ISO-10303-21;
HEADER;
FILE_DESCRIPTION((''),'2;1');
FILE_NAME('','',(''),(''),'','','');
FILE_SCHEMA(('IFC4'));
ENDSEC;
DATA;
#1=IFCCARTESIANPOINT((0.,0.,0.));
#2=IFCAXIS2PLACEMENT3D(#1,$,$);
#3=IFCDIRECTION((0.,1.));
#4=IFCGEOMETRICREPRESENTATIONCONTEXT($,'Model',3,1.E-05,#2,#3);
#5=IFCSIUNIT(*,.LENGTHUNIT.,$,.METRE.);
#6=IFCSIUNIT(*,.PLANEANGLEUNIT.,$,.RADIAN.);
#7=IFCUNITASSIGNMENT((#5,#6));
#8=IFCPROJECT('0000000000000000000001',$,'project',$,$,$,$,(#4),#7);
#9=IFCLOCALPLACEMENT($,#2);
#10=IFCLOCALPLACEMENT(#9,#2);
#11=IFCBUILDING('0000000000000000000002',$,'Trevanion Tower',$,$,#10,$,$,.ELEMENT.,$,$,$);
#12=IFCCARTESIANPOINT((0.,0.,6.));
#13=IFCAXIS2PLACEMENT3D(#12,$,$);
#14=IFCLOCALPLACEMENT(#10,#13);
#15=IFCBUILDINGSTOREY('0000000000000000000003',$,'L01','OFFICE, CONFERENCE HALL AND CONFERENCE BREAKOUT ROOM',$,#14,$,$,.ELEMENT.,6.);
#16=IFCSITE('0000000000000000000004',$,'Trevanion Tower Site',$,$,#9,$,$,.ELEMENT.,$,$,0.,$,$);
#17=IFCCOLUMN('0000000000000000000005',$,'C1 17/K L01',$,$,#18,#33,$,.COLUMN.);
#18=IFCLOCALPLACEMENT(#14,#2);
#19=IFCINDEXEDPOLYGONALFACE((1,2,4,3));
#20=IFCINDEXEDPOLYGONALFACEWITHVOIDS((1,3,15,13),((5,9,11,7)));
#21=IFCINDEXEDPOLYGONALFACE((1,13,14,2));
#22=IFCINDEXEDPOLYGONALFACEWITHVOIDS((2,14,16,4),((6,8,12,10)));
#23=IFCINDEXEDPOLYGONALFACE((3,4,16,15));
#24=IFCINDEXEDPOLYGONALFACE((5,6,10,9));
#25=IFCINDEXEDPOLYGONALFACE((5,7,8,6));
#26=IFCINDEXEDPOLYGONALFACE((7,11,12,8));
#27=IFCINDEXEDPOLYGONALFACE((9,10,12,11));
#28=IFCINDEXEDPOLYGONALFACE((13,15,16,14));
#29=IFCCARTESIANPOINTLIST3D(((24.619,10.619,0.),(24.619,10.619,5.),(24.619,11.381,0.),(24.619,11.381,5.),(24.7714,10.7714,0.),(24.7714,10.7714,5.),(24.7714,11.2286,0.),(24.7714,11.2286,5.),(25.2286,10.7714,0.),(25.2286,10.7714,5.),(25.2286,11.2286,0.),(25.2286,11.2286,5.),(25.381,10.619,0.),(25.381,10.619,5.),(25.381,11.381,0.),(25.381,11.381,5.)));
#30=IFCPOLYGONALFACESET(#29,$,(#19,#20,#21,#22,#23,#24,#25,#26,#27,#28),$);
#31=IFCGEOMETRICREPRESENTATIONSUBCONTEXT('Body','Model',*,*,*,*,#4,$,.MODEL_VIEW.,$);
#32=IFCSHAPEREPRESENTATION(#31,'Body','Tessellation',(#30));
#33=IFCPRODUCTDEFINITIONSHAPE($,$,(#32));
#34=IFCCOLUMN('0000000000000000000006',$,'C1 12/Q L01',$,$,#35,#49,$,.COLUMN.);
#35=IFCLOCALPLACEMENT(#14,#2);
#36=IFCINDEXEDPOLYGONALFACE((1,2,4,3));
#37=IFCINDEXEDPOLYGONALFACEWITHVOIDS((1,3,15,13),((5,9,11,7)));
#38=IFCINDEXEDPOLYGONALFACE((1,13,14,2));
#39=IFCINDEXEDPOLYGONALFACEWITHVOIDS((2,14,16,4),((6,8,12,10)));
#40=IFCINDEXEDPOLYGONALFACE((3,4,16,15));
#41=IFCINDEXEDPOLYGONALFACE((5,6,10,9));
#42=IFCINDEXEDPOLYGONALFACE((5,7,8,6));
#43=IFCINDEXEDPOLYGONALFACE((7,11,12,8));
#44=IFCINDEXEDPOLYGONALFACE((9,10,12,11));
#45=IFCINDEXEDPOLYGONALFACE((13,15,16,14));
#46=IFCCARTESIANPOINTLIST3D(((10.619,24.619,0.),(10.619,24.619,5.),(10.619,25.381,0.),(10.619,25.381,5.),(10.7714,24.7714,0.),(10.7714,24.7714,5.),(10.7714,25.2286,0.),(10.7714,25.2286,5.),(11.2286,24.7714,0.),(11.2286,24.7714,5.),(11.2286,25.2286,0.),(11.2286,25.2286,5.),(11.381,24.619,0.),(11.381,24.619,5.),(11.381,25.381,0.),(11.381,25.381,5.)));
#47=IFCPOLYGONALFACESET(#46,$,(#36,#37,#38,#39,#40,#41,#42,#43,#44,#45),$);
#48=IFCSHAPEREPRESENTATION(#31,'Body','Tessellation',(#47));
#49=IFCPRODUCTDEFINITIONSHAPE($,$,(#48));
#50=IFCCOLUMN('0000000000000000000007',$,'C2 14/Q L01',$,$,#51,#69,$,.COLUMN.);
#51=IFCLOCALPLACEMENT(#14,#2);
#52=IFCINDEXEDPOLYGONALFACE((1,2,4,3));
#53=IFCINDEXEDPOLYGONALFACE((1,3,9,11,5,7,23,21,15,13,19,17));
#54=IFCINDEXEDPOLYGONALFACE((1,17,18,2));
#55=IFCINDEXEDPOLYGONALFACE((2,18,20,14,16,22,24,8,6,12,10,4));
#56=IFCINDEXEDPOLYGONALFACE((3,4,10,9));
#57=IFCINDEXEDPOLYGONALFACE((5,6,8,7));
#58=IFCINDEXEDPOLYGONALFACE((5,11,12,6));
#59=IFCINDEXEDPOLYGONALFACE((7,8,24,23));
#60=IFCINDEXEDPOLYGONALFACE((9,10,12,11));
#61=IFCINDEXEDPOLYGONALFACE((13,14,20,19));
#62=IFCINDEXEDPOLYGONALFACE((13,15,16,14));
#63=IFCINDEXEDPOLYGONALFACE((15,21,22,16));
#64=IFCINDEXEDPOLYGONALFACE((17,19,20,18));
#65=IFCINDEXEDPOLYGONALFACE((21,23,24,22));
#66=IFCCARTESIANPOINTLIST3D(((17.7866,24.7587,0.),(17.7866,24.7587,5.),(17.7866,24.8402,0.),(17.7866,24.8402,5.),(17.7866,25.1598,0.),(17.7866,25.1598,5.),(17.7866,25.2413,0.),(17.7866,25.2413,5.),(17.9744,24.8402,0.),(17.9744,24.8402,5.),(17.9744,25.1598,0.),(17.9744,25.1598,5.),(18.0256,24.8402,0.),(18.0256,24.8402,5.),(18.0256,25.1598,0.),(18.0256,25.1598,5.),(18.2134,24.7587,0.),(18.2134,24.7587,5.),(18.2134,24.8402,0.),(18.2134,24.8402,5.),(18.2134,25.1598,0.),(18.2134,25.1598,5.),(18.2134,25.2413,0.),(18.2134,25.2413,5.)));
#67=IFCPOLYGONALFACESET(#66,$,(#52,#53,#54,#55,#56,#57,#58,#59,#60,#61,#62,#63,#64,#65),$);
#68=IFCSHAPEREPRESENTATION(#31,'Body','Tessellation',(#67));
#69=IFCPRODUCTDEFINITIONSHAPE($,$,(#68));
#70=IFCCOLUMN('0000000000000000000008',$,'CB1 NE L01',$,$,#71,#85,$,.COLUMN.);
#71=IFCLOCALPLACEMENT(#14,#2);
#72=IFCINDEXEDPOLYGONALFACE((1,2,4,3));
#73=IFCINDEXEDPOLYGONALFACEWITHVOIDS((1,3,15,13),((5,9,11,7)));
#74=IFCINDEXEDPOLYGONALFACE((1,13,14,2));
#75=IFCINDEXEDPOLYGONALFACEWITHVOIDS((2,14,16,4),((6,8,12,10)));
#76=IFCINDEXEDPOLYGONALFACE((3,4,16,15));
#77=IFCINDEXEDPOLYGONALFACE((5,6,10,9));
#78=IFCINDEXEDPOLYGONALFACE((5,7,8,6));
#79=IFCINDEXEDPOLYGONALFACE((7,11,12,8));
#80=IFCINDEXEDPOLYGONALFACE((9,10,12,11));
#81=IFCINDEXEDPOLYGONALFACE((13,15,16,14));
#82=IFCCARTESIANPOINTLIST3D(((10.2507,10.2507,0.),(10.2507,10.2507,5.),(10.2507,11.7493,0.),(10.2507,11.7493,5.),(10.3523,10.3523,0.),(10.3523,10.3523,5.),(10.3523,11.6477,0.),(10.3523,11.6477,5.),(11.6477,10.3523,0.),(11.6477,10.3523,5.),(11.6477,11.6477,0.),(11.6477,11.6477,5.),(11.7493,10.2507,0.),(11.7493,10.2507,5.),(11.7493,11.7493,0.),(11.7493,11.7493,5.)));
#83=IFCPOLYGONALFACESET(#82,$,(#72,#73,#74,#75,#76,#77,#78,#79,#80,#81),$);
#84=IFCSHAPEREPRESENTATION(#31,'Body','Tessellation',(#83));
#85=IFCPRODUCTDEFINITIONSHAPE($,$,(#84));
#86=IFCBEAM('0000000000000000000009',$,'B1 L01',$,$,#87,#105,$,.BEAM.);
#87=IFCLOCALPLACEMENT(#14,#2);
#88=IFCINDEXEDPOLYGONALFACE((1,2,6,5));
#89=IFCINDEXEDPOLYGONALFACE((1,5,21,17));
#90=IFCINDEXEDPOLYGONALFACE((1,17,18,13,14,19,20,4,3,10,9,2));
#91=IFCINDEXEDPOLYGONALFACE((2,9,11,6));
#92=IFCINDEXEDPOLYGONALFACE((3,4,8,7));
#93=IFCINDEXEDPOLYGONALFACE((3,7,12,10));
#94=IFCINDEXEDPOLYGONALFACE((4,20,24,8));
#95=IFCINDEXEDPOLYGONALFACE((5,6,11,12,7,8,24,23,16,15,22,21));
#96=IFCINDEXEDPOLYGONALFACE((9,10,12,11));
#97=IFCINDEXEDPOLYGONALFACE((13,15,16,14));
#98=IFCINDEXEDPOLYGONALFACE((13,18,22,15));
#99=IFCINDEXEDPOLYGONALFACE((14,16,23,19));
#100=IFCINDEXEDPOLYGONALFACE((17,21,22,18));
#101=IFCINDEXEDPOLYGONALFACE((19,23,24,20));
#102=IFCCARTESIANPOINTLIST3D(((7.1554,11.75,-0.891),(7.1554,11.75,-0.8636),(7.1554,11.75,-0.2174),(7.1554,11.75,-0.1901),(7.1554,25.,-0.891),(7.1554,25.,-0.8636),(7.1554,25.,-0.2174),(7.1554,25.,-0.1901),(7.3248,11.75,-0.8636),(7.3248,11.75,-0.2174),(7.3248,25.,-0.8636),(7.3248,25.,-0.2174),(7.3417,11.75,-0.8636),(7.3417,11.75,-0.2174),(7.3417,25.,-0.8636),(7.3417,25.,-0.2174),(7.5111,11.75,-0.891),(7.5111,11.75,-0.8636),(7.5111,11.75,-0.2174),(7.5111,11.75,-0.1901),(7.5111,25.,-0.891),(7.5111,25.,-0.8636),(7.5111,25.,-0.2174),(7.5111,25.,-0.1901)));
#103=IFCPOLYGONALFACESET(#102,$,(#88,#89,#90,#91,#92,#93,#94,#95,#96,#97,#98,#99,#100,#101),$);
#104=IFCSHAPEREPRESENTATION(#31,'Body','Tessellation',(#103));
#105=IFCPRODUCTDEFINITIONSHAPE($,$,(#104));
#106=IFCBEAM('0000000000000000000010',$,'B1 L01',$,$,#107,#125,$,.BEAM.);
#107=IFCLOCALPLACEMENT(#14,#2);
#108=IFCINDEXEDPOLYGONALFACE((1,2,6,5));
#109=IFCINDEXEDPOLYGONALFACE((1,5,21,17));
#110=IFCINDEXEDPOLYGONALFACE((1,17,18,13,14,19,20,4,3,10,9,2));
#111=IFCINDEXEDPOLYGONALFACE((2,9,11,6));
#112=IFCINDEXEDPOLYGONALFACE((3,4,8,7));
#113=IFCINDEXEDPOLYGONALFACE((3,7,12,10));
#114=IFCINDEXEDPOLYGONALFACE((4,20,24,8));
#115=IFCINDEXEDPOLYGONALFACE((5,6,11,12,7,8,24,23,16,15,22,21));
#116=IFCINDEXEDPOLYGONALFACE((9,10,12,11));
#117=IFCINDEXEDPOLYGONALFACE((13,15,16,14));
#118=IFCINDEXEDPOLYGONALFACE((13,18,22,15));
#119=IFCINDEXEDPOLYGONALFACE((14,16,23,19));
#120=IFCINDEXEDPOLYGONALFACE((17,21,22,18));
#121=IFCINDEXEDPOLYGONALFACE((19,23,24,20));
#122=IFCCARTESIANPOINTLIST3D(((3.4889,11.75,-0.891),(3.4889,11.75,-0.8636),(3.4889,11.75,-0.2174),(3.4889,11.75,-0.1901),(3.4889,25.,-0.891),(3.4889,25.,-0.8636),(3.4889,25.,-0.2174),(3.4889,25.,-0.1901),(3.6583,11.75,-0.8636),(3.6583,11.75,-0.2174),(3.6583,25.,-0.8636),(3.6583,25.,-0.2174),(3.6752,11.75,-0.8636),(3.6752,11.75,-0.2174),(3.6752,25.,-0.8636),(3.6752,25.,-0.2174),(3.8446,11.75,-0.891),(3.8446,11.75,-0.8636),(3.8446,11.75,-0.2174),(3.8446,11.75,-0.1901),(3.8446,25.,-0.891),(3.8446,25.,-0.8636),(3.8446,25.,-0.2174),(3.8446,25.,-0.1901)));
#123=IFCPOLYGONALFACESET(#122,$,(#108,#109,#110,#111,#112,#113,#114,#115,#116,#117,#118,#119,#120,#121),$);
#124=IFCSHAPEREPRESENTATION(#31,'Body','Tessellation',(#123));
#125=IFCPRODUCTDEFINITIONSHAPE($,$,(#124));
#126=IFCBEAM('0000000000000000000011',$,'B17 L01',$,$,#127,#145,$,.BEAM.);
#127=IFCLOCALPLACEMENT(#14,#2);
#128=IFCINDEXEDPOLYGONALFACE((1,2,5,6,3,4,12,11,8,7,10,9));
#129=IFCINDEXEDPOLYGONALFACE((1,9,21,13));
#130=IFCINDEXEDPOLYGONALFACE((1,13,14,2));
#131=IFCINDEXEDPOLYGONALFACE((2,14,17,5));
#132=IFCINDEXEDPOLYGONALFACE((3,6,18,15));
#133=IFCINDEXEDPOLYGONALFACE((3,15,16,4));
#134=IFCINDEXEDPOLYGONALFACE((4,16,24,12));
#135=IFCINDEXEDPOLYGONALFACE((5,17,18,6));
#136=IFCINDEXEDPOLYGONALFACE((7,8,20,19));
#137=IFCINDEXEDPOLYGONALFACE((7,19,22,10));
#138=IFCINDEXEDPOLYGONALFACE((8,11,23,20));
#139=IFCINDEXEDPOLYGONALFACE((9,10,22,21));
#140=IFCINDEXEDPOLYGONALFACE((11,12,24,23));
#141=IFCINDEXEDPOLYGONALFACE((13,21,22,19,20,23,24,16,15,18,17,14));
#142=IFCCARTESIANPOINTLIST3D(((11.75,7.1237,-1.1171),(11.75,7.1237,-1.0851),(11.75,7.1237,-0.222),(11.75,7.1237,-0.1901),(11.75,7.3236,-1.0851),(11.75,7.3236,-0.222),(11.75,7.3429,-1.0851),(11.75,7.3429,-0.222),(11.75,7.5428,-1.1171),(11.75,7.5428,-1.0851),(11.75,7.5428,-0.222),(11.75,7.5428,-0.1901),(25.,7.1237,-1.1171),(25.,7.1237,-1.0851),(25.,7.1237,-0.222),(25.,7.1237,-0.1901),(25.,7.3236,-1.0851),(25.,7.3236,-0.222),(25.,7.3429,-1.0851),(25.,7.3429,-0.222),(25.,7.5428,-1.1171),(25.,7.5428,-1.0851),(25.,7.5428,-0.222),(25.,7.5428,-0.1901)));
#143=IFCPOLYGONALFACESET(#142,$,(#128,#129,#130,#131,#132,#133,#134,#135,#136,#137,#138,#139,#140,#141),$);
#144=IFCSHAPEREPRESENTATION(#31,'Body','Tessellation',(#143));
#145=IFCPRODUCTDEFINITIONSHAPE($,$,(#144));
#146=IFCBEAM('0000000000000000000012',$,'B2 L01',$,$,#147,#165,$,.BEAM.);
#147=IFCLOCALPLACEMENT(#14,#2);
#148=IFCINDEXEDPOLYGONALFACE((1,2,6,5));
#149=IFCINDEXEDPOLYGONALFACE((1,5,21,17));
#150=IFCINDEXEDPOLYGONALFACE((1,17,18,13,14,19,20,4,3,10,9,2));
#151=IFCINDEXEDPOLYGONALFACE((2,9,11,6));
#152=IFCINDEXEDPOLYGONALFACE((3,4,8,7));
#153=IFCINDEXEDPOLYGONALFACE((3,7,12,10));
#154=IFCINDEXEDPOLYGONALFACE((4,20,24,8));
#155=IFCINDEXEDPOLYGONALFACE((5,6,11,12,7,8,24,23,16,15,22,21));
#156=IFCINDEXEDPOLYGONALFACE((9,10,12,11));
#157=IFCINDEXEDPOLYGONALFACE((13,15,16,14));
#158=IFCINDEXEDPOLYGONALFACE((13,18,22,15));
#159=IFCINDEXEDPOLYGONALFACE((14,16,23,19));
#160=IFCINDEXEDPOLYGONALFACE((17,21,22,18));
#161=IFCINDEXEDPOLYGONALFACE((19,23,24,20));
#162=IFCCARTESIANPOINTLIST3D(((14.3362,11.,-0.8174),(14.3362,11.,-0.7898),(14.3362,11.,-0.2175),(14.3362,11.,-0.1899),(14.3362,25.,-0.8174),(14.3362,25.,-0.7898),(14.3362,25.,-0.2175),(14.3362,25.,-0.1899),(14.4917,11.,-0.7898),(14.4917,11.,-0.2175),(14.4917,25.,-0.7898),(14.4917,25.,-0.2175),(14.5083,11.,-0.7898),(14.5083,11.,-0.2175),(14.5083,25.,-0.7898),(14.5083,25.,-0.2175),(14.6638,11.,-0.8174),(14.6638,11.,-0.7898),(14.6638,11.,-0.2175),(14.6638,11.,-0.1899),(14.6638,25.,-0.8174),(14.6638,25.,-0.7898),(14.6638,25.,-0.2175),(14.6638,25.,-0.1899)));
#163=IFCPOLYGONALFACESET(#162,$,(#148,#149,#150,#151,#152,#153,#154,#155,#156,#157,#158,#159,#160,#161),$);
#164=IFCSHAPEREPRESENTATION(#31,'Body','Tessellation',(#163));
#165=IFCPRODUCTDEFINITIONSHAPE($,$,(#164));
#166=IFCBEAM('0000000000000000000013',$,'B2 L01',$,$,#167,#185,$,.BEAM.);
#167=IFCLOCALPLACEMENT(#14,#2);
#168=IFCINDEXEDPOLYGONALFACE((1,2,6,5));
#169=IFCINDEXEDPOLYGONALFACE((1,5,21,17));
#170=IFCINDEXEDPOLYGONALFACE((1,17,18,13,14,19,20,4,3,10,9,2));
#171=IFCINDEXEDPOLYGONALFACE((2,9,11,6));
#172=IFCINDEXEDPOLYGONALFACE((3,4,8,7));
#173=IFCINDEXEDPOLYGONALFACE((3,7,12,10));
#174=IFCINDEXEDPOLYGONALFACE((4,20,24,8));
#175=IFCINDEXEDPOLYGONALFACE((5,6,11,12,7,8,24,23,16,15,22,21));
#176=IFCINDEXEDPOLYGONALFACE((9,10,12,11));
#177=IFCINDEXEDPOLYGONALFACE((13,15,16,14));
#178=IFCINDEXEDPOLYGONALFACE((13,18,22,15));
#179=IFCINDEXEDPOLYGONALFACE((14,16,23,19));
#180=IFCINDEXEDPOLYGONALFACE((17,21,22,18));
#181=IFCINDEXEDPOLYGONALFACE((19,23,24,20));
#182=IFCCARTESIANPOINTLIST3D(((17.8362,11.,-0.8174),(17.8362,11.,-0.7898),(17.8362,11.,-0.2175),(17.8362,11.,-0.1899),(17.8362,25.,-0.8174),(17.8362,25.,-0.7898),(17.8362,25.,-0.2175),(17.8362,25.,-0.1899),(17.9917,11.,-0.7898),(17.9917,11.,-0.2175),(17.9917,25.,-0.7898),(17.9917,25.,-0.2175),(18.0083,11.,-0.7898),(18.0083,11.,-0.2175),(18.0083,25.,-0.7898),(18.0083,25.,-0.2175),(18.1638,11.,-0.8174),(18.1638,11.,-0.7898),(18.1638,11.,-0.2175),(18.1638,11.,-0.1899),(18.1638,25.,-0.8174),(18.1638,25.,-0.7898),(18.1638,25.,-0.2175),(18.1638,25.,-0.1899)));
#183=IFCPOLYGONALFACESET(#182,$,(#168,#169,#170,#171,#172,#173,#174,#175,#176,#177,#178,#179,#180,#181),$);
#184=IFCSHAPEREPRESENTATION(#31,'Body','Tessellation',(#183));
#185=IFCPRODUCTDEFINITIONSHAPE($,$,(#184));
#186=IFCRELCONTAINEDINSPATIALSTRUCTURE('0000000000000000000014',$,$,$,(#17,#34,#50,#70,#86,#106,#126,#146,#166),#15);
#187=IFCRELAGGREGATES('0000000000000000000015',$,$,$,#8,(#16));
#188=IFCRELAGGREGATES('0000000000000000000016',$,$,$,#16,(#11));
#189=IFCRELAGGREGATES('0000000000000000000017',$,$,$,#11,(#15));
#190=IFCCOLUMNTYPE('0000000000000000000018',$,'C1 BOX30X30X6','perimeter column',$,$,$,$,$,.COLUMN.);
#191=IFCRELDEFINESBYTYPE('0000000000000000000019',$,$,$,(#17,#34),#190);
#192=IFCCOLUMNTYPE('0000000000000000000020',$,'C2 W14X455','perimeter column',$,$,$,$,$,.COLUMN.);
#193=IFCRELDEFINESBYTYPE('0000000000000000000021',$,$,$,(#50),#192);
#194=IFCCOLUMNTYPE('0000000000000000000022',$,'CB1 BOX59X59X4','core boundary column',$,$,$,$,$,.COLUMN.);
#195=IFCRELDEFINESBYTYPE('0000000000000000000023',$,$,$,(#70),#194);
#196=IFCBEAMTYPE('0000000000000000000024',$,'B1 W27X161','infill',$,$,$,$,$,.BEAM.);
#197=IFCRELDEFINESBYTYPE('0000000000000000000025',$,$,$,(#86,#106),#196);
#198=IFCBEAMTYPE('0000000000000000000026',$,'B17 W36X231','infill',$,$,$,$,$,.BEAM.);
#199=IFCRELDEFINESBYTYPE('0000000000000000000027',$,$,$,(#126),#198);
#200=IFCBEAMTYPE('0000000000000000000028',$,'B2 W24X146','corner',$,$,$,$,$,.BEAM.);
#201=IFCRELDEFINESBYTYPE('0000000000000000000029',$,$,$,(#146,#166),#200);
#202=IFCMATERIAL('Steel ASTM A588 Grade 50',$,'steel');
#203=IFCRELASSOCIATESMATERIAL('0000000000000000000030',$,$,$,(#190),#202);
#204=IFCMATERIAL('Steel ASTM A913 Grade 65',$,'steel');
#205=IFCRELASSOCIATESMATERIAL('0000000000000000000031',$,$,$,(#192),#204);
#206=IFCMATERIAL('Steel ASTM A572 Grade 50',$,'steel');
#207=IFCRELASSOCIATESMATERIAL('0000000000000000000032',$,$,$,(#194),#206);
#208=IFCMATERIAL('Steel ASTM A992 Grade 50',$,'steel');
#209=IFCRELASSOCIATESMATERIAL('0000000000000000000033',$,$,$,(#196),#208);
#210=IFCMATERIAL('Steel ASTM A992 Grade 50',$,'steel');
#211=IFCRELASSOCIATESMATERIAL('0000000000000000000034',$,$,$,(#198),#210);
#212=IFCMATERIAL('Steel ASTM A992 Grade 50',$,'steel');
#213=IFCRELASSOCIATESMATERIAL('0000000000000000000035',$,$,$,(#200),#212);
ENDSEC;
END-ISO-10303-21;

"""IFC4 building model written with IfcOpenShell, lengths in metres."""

from ifc_helpers import new_model, si_unit, direction, frame, origin, origin_2d, place, context, subcontext, project, spatial, hollow_rectangle, i_section, extrude, material, material_profile, profile_set, type_object, element, save


model = new_model("IFC4")

# Units and contexts
model_context = context("Model", 3, precision=1e-05, world=origin(), true_north=direction((0.0, 1.0)))
body_context = subcontext(model_context, "Body", "Model", "MODEL_VIEW")
ifc_project = project(units=[si_unit("LENGTHUNIT", "METRE"), si_unit("PLANEANGLEUNIT", "RADIAN")], contexts=[model_context])

# Site, building, storey
site_placement = place(None, origin())
site = spatial("IfcSite", under=ifc_project, at=site_placement, Name="Trevanion Tower Site", CompositionType="ELEMENT", RefElevation=0.0)
building_placement = place(site_placement, origin())
building = spatial("IfcBuilding", under=site, at=building_placement, Name="Trevanion Tower", CompositionType="ELEMENT")
storey_placement = place(building_placement, frame((0.0, 0.0, 6.0)))
storey = spatial("IfcBuildingStorey", under=building, at=storey_placement, Name="L01", Description="OFFICE, CONFERENCE HALL AND CONFERENCE BREAKOUT ROOM", CompositionType="ELEMENT", Elevation=6.0)

# Columns
ifc_material_1 = material(Name="Steel ASTM A588 Grade 50", Category="steel")
ifc_material_profile_1 = material_profile(ifc_material_1, hollow_rectangle(XDim=0.762, YDim=0.762, WallThickness=0.1523, at=origin_2d()), Name="BOX30X30X6")
ifc_profile_set_1 = profile_set([ifc_material_profile_1], Name="Steel ASTM A588 Grade 50")
column_type_1 = type_object("IfcColumnType", Name="C1 BOX30X30X6", Description="perimeter column", PredefinedType="COLUMN", material=ifc_profile_set_1)
for number, where, z_axis, x_axis, name in (
    (1, (25.0, 11.0, 0.0), (0.0, 0.0, 1.0), (0.0, 1.0, 0.0), "C1 17/K L01"),
    (2, (11.0, 25.0, 0.0), (0.0, 0.0, 1.0), (1.0, 0.0, 0.0), "C1 12/Q L01"),
):
    element("IfcColumn", number, at=place(storey_placement, frame(where, z_axis=z_axis, x_axis=x_axis)), inside=storey, type_object=column_type_1, Name=name, PredefinedType="COLUMN", context=body_context, shape_type="SweptSolid", body=[
        extrude(hollow_rectangle(XDim=0.762, YDim=0.762, WallThickness=0.1523, at=origin_2d()), origin(), (0.0, 0.0, 1.0), 5.0),
    ])
ifc_material_2 = material(Name="Steel ASTM A913 Grade 65", Category="steel")
ifc_material_profile_2 = material_profile(ifc_material_2, i_section(OverallWidth=0.4268, OverallDepth=0.4827, WebThickness=0.0513, FlangeThickness=0.0815, at=origin_2d()), Name="W14X455")
ifc_profile_set_2 = profile_set([ifc_material_profile_2], Name="Steel ASTM A913 Grade 65")
column_type_2 = type_object("IfcColumnType", Name="C2 W14X455", Description="perimeter column", PredefinedType="COLUMN", material=ifc_profile_set_2)
column_1_placement = place(storey_placement, frame((18.0, 25.0, 0.0), z_axis=(0.0, 0.0, 1.0), x_axis=(1.0, 0.0, 0.0)))
element("IfcColumn", 3, at=column_1_placement, inside=storey, type_object=column_type_2, Name="C2 14/Q L01", PredefinedType="COLUMN", context=body_context, shape_type="SweptSolid", body=[
    extrude(i_section(OverallWidth=0.4268, OverallDepth=0.4827, WebThickness=0.0513, FlangeThickness=0.0815, at=origin_2d()), origin(), (0.0, 0.0, 1.0), 5.0),
])
ifc_material_3 = material(Name="Steel ASTM A572 Grade 50", Category="steel")
ifc_material_profile_3 = material_profile(ifc_material_3, hollow_rectangle(XDim=1.4985, YDim=1.4985, WallThickness=0.1016, at=origin_2d()), Name="BOX59X59X4")
ifc_profile_set_3 = profile_set([ifc_material_profile_3], Name="Steel ASTM A572 Grade 50")
column_type_3 = type_object("IfcColumnType", Name="CB1 BOX59X59X4", Description="core boundary column", PredefinedType="COLUMN", material=ifc_profile_set_3)
column_2_placement = place(storey_placement, frame((11.0, 11.0, 0.0), z_axis=(0.0, 0.0, 1.0), x_axis=(1.0, 0.0, 0.0)))
element("IfcColumn", 4, at=column_2_placement, inside=storey, type_object=column_type_3, Name="CB1 NE L01", PredefinedType="COLUMN", context=body_context, shape_type="SweptSolid", body=[
    extrude(hollow_rectangle(XDim=1.4985, YDim=1.4985, WallThickness=0.1016, at=origin_2d()), origin(), (0.0, 0.0, 1.0), 5.0),
])

# Beams
ifc_material_4 = material(Name="Steel ASTM A992 Grade 50", Category="steel")
ifc_material_profile_4 = material_profile(ifc_material_4, i_section(OverallWidth=0.3557, OverallDepth=0.7009, WebThickness=0.0168, FlangeThickness=0.0273, at=origin_2d()), Name="W27X161")
ifc_profile_set_4 = profile_set([ifc_material_profile_4], Name="Steel ASTM A992 Grade 50")
beam_type_1 = type_object("IfcBeamType", Name="B1 W27X161", Description="infill", PredefinedType="BEAM", material=ifc_profile_set_4)
for number, where, z_axis, x_axis, name in (
    (5, (7.3333, 11.75, -0.5405), (0.0, 1.0, 0.0), (-1.0, 0.0, 0.0), "B1 L01"),
    (6, (3.6667, 11.75, -0.5405), (0.0, 1.0, 0.0), (-1.0, 0.0, 0.0), "B1 L01"),
):
    element("IfcBeam", number, at=place(storey_placement, frame(where, z_axis=z_axis, x_axis=x_axis)), inside=storey, type_object=beam_type_1, Name=name, PredefinedType="BEAM", context=body_context, shape_type="SweptSolid", body=[
        extrude(i_section(OverallWidth=0.3557, OverallDepth=0.7009, WebThickness=0.0168, FlangeThickness=0.0273, at=origin_2d()), origin(), (0.0, 0.0, 1.0), 13.25),
    ])
ifc_material_5 = material(Name="Steel ASTM A992 Grade 50", Category="steel")
ifc_material_profile_5 = material_profile(ifc_material_5, i_section(OverallWidth=0.4192, OverallDepth=0.927, WebThickness=0.0193, FlangeThickness=0.032, at=origin_2d()), Name="W36X231")
ifc_profile_set_5 = profile_set([ifc_material_profile_5], Name="Steel ASTM A992 Grade 50")
beam_type_2 = type_object("IfcBeamType", Name="B17 W36X231", Description="infill", PredefinedType="BEAM", material=ifc_profile_set_5)
beam_1_placement = place(storey_placement, frame((11.75, 7.3333, -0.6536), z_axis=(1.0, 0.0, 0.0), x_axis=(0.0, 1.0, 0.0)))
element("IfcBeam", 7, at=beam_1_placement, inside=storey, type_object=beam_type_2, Name="B17 L01", PredefinedType="BEAM", context=body_context, shape_type="SweptSolid", body=[
    extrude(i_section(OverallWidth=0.4192, OverallDepth=0.927, WebThickness=0.0193, FlangeThickness=0.032, at=origin_2d()), origin(), (0.0, 0.0, 1.0), 13.25),
])
ifc_material_6 = material(Name="Steel ASTM A992 Grade 50", Category="steel")
ifc_material_profile_6 = material_profile(ifc_material_6, i_section(OverallWidth=0.3276, OverallDepth=0.6274, WebThickness=0.0166, FlangeThickness=0.0276, at=origin_2d()), Name="W24X146")
ifc_profile_set_6 = profile_set([ifc_material_profile_6], Name="Steel ASTM A992 Grade 50")
beam_type_3 = type_object("IfcBeamType", Name="B2 W24X146", Description="corner", PredefinedType="BEAM", material=ifc_profile_set_6)
for number, where, z_axis, x_axis, name in (
    (8, (14.5, 11.0, -0.5037), (0.0, 1.0, 0.0), (-1.0, 0.0, 0.0), "B2 L01"),
    (9, (18.0, 11.0, -0.5037), (0.0, 1.0, 0.0), (-1.0, 0.0, 0.0), "B2 L01"),
):
    element("IfcBeam", number, at=place(storey_placement, frame(where, z_axis=z_axis, x_axis=x_axis)), inside=storey, type_object=beam_type_3, Name=name, PredefinedType="BEAM", context=body_context, shape_type="SweptSolid", body=[
        extrude(i_section(OverallWidth=0.3276, OverallDepth=0.6274, WebThickness=0.0166, FlangeThickness=0.0276, at=origin_2d()), origin(), (0.0, 0.0, 1.0), 14.0),
    ])

save(model, "model.ifc")
